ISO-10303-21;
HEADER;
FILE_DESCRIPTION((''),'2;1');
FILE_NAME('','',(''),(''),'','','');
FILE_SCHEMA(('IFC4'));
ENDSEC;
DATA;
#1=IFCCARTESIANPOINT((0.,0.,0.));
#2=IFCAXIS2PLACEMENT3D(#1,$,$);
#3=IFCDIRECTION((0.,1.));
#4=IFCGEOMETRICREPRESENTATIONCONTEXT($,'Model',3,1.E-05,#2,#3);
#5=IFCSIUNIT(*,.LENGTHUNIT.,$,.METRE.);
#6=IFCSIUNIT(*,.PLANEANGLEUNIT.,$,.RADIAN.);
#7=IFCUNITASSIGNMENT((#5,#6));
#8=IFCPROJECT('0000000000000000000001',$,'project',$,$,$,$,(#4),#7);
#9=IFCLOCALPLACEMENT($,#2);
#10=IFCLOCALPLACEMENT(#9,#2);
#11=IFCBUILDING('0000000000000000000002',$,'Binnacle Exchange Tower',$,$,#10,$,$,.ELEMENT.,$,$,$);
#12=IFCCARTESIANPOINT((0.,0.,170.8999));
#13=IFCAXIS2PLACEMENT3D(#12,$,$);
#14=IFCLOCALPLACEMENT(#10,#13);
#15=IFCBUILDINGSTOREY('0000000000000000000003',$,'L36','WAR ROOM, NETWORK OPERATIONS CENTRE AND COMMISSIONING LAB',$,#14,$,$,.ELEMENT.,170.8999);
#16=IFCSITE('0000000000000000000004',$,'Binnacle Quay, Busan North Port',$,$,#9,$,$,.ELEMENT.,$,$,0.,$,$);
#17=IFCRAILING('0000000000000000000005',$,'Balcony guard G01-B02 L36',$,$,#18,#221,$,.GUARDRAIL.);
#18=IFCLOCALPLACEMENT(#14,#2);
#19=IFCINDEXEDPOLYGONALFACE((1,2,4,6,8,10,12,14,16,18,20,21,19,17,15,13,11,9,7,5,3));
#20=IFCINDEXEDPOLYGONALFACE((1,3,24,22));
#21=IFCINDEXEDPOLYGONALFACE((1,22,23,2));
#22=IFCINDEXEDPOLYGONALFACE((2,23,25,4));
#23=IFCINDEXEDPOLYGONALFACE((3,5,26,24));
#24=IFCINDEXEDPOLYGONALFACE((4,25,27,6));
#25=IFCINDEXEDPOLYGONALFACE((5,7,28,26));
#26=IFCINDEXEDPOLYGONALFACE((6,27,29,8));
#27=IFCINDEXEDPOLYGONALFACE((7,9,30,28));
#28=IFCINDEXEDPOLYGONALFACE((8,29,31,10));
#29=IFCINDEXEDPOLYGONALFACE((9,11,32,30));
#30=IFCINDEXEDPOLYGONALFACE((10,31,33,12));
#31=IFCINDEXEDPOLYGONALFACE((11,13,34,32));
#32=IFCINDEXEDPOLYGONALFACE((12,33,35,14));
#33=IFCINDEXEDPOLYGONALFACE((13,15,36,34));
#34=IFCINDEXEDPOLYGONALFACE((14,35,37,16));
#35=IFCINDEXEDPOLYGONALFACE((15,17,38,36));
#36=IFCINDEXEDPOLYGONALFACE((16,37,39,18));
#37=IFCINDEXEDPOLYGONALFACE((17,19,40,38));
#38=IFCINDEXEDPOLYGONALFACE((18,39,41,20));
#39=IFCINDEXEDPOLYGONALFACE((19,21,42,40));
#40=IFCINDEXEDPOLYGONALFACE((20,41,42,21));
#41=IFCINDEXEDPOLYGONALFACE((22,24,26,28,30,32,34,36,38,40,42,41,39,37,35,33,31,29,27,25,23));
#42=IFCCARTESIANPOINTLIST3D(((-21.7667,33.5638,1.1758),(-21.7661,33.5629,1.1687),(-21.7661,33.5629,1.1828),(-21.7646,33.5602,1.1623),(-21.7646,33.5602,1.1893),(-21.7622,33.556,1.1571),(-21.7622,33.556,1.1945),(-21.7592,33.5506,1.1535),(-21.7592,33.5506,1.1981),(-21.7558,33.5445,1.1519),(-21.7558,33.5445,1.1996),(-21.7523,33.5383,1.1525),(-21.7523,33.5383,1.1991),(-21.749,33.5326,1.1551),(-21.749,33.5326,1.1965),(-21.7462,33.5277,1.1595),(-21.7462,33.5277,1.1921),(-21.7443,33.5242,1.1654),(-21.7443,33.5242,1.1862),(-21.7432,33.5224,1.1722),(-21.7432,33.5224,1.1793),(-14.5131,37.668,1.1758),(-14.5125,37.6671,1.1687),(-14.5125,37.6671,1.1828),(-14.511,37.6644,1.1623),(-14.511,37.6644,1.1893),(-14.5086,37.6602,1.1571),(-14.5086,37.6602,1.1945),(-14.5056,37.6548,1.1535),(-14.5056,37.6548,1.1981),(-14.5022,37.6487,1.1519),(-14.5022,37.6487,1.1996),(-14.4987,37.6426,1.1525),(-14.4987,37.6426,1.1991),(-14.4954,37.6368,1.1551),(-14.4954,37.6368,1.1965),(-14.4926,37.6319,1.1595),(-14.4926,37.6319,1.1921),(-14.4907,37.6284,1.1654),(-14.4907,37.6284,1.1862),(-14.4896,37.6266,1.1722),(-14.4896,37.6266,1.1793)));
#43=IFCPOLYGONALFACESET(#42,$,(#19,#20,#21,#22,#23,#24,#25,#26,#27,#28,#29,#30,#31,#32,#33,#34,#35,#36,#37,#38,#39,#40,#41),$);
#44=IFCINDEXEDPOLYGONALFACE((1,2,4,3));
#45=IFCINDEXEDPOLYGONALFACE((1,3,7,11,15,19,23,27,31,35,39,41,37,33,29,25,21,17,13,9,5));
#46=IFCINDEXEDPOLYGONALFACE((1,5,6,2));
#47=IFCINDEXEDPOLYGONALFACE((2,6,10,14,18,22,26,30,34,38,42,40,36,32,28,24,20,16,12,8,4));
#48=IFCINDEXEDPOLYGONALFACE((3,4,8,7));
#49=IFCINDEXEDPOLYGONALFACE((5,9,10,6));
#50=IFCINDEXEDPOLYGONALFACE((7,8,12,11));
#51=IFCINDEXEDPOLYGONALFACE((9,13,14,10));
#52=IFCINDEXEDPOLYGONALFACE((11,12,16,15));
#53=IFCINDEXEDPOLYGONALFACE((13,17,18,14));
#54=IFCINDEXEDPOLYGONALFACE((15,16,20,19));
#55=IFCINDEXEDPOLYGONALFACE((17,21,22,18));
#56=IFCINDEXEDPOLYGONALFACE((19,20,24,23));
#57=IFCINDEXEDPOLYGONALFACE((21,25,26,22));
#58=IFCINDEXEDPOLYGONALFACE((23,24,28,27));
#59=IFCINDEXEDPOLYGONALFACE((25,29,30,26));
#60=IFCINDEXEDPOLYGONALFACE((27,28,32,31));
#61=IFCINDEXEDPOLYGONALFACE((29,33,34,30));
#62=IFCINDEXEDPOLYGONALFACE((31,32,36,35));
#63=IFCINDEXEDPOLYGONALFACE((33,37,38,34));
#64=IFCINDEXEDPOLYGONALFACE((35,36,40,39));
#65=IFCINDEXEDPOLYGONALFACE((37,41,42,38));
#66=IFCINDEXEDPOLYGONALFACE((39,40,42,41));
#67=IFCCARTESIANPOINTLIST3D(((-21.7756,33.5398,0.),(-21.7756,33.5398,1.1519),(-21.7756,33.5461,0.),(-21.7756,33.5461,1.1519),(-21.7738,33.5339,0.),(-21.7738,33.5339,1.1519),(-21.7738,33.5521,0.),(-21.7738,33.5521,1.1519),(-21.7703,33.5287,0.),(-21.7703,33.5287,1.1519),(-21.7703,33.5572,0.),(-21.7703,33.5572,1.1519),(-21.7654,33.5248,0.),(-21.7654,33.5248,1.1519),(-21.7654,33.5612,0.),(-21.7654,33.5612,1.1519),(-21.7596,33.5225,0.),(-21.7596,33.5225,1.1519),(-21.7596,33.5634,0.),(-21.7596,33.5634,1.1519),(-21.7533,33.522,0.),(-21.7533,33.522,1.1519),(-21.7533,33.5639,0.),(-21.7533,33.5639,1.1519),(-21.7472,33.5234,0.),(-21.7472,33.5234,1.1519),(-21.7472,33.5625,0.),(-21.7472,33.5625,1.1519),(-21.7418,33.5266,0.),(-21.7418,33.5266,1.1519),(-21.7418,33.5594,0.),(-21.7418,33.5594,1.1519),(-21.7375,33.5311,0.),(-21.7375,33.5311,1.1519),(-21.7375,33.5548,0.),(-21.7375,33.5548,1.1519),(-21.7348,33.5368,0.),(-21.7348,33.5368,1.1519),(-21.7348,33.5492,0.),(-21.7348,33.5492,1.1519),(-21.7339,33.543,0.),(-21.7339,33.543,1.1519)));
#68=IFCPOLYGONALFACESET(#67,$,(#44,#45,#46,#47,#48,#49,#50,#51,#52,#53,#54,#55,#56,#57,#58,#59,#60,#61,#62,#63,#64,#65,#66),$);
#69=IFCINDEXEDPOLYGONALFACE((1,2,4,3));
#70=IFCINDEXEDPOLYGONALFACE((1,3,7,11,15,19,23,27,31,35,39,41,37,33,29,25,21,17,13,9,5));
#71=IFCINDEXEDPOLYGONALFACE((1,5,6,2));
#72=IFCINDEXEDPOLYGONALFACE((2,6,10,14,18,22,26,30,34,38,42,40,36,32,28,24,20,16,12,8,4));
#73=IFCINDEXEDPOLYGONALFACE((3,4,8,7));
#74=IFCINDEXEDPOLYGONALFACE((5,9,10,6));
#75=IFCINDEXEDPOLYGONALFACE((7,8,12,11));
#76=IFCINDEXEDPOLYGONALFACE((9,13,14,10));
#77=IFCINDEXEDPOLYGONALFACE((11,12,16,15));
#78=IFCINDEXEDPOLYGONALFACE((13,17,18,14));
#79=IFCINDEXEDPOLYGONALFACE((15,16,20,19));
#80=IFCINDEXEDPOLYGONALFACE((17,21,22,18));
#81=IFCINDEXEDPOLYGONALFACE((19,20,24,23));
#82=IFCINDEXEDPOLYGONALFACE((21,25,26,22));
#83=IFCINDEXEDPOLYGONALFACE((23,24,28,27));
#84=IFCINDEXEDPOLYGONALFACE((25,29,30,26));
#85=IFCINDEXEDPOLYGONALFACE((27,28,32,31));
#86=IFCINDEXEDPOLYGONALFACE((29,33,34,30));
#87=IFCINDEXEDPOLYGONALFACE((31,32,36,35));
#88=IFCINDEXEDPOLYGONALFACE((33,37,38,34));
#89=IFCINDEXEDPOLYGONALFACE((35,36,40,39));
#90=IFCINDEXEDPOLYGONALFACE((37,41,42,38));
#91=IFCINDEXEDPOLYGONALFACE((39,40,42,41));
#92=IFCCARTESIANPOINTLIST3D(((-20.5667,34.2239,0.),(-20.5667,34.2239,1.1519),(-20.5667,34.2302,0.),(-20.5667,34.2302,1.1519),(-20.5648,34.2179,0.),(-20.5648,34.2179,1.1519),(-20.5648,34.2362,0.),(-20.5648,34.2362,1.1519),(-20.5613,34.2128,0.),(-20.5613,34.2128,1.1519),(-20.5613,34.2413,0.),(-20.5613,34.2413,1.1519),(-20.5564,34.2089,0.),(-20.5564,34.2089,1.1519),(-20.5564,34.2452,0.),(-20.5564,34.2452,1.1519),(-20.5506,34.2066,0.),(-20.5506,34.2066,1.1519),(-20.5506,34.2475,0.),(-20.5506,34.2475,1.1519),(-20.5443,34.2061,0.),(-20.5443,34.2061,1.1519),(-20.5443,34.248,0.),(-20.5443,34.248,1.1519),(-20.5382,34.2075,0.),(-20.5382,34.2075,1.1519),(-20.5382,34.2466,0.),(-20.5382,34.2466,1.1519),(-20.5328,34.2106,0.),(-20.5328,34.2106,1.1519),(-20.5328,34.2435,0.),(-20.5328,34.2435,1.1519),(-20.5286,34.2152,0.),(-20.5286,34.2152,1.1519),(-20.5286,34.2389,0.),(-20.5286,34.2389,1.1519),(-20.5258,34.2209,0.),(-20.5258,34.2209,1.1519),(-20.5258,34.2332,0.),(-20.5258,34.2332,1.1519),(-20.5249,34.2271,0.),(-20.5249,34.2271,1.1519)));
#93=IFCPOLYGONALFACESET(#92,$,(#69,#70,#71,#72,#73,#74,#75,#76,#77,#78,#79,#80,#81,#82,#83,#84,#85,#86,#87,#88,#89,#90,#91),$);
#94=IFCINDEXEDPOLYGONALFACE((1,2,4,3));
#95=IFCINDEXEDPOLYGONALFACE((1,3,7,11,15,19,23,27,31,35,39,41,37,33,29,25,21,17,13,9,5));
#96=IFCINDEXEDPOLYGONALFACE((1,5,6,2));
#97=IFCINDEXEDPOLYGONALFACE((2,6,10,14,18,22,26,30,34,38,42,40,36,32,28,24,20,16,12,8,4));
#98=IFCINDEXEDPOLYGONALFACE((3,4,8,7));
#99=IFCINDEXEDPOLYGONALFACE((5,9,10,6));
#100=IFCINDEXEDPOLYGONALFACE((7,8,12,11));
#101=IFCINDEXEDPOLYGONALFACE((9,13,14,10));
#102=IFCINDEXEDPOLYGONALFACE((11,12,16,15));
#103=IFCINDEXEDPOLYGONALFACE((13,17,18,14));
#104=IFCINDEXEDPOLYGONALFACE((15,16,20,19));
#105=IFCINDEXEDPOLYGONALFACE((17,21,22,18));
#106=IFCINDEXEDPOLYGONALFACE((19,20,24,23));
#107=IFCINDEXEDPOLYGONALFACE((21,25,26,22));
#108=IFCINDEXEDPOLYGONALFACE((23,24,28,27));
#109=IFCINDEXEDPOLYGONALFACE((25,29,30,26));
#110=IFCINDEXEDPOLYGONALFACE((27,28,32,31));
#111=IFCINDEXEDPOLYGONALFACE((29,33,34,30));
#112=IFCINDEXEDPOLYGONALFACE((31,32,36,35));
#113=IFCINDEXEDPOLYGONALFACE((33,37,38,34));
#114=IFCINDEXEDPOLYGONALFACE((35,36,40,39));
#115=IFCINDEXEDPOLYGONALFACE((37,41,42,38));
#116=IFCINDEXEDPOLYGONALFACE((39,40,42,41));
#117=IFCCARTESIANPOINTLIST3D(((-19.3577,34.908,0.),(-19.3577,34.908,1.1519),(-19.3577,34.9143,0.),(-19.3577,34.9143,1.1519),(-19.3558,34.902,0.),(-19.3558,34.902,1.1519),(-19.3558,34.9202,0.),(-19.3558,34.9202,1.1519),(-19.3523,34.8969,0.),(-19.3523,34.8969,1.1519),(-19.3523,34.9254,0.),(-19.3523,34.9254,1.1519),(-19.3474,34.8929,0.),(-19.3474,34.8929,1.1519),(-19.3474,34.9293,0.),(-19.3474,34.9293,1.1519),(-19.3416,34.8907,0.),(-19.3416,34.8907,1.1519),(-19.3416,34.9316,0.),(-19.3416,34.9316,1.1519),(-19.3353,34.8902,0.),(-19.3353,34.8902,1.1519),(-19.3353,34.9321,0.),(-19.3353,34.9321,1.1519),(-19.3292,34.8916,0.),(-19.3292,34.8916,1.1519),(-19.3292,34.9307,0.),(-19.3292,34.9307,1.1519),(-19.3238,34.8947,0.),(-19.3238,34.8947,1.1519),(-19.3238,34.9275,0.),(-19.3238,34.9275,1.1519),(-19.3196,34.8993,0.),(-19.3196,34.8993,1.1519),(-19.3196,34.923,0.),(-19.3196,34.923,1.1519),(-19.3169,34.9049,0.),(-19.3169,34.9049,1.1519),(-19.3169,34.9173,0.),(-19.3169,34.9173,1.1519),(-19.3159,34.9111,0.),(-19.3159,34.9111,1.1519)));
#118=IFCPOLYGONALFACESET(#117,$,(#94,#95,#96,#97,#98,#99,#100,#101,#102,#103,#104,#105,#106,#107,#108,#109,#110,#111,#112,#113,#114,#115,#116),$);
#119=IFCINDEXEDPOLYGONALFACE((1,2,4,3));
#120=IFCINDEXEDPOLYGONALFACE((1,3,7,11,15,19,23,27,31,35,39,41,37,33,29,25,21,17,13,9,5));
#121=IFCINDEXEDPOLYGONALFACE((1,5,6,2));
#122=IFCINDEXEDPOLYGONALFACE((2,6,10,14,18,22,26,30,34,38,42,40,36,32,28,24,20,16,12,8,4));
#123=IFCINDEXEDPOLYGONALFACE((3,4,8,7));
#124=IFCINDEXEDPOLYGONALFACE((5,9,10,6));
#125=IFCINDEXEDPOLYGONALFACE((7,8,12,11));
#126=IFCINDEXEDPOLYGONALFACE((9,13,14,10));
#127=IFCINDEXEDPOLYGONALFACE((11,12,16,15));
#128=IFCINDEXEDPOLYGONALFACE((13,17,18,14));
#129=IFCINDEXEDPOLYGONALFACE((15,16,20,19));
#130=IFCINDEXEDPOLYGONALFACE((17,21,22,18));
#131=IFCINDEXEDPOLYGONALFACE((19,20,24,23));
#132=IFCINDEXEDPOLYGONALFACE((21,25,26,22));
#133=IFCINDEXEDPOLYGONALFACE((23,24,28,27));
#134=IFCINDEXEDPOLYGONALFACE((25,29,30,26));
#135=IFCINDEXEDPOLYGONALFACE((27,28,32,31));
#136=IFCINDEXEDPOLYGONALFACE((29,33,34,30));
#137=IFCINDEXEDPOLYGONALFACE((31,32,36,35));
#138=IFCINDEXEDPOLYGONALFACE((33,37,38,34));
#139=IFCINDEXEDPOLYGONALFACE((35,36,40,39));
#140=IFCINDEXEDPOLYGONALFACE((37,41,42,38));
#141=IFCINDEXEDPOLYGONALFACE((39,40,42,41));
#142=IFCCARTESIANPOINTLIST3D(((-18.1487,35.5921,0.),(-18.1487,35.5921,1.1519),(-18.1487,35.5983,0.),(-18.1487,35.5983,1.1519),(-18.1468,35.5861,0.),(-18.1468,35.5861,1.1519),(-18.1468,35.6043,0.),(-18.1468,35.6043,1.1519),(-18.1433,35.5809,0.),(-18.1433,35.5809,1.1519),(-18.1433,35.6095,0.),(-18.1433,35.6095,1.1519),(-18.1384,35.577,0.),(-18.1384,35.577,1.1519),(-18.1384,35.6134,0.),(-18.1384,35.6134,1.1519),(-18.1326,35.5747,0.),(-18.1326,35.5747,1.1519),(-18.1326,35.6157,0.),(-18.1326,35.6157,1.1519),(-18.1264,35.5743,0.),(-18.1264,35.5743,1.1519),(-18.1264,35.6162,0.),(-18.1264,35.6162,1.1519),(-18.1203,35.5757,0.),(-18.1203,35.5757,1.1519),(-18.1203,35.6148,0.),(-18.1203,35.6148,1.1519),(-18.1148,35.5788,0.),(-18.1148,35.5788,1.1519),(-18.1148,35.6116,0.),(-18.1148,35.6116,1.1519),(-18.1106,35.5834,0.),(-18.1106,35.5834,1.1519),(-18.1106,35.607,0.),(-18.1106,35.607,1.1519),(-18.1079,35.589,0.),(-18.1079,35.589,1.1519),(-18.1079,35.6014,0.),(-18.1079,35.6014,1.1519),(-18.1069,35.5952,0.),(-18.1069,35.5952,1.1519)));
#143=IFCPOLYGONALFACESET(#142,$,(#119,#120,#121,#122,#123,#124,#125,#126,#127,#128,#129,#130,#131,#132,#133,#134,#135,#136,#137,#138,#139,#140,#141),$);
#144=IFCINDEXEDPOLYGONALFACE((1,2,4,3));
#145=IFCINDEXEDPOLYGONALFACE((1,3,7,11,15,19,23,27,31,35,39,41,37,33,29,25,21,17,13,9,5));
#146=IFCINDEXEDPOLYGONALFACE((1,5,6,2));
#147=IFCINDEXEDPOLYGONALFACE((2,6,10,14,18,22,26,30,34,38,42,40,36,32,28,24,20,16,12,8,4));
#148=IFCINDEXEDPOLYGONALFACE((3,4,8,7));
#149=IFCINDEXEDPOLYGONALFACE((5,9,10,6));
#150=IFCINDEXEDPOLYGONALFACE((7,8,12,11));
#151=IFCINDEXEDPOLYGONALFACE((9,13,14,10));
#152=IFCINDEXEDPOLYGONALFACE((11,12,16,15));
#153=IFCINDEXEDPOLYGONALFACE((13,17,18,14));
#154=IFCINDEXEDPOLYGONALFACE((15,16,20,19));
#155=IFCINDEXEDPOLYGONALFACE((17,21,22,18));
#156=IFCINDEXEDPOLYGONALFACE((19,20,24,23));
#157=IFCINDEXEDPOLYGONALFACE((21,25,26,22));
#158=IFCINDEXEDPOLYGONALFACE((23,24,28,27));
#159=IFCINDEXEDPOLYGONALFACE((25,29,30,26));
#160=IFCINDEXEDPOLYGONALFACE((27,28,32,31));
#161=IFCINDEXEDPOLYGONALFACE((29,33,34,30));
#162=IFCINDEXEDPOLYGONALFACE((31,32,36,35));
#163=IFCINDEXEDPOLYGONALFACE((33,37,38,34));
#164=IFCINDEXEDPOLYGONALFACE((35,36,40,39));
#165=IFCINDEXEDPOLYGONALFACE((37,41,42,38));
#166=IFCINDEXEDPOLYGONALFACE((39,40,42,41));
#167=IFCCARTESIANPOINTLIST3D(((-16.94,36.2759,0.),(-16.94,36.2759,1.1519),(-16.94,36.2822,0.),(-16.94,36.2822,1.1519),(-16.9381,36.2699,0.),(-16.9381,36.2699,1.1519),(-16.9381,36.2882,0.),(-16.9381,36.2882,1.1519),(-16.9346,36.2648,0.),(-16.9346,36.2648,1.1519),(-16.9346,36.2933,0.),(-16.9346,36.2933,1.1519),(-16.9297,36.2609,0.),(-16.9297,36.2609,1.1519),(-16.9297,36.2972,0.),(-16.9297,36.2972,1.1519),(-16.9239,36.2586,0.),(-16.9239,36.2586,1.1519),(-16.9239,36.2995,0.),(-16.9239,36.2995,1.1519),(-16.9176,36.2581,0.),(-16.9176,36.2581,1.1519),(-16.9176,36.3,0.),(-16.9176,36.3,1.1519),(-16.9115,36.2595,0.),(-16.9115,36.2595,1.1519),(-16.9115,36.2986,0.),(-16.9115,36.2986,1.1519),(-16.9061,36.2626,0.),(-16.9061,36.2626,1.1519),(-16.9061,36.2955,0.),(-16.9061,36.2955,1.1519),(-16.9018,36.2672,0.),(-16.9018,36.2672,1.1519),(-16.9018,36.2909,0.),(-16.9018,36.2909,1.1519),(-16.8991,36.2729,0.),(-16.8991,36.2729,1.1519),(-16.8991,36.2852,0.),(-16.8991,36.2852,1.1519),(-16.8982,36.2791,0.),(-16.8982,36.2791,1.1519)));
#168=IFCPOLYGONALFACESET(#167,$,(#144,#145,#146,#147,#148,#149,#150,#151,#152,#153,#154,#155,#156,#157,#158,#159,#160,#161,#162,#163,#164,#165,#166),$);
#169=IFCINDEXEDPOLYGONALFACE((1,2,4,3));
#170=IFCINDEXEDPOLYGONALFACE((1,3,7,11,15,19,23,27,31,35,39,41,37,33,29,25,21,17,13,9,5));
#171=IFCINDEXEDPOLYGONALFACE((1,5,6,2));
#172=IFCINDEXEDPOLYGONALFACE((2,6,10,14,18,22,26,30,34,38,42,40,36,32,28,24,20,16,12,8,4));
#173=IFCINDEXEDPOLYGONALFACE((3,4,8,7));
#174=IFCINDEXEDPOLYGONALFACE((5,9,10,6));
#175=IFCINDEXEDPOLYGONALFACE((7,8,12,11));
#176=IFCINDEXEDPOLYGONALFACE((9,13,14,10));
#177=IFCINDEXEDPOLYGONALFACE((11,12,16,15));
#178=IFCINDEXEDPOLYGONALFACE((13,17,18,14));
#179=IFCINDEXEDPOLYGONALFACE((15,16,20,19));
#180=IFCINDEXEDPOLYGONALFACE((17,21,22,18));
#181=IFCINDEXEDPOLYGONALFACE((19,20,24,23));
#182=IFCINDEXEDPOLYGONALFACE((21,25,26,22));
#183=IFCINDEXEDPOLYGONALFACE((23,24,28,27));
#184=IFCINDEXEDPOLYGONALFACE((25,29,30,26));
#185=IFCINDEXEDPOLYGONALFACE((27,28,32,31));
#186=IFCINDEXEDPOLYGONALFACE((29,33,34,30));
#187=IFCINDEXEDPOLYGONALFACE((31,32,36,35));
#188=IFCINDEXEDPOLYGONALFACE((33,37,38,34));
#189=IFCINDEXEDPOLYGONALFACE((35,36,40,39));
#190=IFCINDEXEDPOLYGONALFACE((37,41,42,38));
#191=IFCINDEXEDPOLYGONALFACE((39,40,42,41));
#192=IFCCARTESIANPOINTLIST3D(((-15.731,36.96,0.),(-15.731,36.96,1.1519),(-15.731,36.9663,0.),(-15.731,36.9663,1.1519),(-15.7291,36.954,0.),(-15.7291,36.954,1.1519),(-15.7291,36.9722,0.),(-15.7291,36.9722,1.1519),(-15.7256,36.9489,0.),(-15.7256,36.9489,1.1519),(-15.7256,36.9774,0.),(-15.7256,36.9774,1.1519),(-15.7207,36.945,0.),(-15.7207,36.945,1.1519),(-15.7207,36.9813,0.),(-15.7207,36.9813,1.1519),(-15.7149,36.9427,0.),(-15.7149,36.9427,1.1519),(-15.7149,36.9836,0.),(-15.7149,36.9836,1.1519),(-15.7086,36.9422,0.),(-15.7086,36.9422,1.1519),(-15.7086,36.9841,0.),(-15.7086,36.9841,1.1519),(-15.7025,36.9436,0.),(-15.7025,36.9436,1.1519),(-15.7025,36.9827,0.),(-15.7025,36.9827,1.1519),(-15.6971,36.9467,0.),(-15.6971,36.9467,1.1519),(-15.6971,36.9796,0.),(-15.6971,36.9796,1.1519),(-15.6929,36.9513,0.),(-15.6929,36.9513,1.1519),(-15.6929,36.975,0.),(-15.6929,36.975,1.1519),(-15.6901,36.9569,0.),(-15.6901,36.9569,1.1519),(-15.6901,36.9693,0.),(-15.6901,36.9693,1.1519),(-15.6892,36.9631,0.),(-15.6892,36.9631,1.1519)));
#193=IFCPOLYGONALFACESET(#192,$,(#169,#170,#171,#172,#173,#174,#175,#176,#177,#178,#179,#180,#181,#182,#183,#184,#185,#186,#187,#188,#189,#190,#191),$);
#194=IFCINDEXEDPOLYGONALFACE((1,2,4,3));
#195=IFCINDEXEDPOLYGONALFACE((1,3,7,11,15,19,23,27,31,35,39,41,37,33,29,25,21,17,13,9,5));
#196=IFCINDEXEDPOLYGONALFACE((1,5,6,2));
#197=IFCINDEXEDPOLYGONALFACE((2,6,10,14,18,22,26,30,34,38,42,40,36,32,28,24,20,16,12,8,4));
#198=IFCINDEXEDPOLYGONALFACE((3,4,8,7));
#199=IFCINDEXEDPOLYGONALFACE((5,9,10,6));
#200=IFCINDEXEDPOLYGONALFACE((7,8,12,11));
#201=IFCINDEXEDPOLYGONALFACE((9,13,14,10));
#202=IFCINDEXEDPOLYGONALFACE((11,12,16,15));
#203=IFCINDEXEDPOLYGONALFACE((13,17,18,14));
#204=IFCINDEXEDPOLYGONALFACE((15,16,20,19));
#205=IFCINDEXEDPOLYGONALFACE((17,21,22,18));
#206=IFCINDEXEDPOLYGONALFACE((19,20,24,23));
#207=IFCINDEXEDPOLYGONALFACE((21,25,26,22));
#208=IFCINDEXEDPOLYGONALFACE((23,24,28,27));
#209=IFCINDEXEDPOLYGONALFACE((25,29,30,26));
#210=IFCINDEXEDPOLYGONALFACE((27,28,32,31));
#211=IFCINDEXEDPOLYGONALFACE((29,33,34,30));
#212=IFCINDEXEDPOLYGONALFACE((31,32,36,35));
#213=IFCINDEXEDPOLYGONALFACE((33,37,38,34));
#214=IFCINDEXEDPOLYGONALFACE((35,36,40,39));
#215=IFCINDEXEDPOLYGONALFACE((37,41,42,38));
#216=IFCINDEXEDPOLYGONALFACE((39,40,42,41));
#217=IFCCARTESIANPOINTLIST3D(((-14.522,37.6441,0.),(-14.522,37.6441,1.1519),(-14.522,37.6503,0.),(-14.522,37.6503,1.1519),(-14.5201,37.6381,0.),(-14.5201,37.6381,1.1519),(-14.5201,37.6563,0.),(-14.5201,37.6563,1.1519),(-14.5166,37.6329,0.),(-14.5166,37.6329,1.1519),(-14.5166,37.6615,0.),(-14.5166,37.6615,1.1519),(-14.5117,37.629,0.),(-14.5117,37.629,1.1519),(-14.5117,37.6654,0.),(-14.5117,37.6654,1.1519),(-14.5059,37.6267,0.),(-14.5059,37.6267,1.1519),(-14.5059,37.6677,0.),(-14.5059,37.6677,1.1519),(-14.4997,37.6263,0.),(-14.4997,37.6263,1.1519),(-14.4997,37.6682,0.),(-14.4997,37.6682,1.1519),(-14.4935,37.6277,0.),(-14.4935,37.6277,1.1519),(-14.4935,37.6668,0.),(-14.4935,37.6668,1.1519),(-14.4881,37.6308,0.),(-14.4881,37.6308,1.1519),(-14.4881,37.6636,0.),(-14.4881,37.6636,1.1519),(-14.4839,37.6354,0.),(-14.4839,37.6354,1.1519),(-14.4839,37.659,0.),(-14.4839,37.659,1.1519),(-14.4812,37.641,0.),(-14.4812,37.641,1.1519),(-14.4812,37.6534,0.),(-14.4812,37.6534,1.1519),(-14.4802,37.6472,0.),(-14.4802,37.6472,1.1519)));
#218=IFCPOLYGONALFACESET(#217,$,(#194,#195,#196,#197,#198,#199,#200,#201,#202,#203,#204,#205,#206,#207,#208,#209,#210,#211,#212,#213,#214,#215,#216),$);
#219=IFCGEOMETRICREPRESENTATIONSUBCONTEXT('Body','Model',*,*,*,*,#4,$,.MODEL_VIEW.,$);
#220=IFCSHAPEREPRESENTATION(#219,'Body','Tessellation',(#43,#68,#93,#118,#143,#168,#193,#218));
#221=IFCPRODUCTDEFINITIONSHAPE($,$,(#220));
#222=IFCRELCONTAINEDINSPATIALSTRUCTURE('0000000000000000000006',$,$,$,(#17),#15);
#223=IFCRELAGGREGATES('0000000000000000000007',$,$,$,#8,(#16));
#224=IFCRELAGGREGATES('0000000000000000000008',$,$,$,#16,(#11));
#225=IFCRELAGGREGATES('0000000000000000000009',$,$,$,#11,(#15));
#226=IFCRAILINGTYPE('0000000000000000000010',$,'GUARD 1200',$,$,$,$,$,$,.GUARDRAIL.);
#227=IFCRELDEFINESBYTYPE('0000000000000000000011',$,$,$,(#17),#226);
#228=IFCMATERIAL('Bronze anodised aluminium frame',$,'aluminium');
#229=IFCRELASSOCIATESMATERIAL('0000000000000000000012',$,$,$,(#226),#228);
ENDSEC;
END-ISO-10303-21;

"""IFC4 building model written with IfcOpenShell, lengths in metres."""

from ifc_helpers import new_model, si_unit, direction, frame, origin, origin_2d, place, context, subcontext, project, spatial, circle, extrude, material, type_object, element, save


model = new_model("IFC4")

# Units and contexts
model_context = context("Model", 3, precision=1e-05, world=origin(), true_north=direction((0.0, 1.0)))
body_context = subcontext(model_context, "Body", "Model", "MODEL_VIEW")
ifc_project = project(units=[si_unit("LENGTHUNIT", "METRE"), si_unit("PLANEANGLEUNIT", "RADIAN")], contexts=[model_context])

# Site, building, storey
site_placement = place(None, origin())
site = spatial("IfcSite", under=ifc_project, at=site_placement, Name="Binnacle Quay, Busan North Port", CompositionType="ELEMENT", RefElevation=0.0)
building_placement = place(site_placement, origin())
building = spatial("IfcBuilding", under=site, at=building_placement, Name="Binnacle Exchange Tower", CompositionType="ELEMENT")
storey_placement = place(building_placement, frame((0.0, 0.0, 170.8999)))
storey = spatial("IfcBuildingStorey", under=building, at=storey_placement, Name="L36", Description="WAR ROOM, NETWORK OPERATIONS CENTRE AND COMMISSIONING LAB", CompositionType="ELEMENT", Elevation=170.8999)

# Railing
ifc_material_1 = material(Name="Bronze anodised aluminium frame", Category="aluminium")
railing_type_1 = type_object("IfcRailingType", Name="GUARD 1200", PredefinedType="GUARDRAIL", material=ifc_material_1)
railing_1_placement = place(storey_placement, frame((-21.7549, 33.543, 0.0)))
element("IfcRailing", 1, at=railing_1_placement, inside=storey, type_object=railing_type_1, Name="Balcony guard G01-B02 L36", PredefinedType="GUARDRAIL", context=body_context, shape_type="SweptSolid", body=[
    extrude(circle(Radius=0.0239, at=origin_2d()), frame((0.0, 0.0, 1.1758), z_axis=(0.870339, 0.492453, 0.0), x_axis=(-0.492453, 0.870339, 0.0)), (0.0, 0.0, 1.0), 8.3342),
    extrude(circle(Radius=0.021, at=origin_2d()), origin(), (0.0, 0.0, 1.0), 1.1519),
    extrude(circle(Radius=0.021, at=origin_2d()), frame((1.209, 0.6841, 0.0)), (0.0, 0.0, 1.0), 1.1519),
    extrude(circle(Radius=0.021, at=origin_2d()), frame((2.418, 1.3682, 0.0)), (0.0, 0.0, 1.0), 1.1519),
    extrude(circle(Radius=0.021, at=origin_2d()), frame((3.627, 2.0522, 0.0)), (0.0, 0.0, 1.0), 1.1519),
    extrude(circle(Radius=0.021, at=origin_2d()), frame((4.8357, 2.7361, 0.0)), (0.0, 0.0, 1.0), 1.1519),
    extrude(circle(Radius=0.021, at=origin_2d()), frame((6.0447, 3.4202, 0.0)), (0.0, 0.0, 1.0), 1.1519),
    extrude(circle(Radius=0.021, at=origin_2d()), frame((7.2537, 4.1042, 0.0)), (0.0, 0.0, 1.0), 1.1519),
])

save(model, "model.ifc")
